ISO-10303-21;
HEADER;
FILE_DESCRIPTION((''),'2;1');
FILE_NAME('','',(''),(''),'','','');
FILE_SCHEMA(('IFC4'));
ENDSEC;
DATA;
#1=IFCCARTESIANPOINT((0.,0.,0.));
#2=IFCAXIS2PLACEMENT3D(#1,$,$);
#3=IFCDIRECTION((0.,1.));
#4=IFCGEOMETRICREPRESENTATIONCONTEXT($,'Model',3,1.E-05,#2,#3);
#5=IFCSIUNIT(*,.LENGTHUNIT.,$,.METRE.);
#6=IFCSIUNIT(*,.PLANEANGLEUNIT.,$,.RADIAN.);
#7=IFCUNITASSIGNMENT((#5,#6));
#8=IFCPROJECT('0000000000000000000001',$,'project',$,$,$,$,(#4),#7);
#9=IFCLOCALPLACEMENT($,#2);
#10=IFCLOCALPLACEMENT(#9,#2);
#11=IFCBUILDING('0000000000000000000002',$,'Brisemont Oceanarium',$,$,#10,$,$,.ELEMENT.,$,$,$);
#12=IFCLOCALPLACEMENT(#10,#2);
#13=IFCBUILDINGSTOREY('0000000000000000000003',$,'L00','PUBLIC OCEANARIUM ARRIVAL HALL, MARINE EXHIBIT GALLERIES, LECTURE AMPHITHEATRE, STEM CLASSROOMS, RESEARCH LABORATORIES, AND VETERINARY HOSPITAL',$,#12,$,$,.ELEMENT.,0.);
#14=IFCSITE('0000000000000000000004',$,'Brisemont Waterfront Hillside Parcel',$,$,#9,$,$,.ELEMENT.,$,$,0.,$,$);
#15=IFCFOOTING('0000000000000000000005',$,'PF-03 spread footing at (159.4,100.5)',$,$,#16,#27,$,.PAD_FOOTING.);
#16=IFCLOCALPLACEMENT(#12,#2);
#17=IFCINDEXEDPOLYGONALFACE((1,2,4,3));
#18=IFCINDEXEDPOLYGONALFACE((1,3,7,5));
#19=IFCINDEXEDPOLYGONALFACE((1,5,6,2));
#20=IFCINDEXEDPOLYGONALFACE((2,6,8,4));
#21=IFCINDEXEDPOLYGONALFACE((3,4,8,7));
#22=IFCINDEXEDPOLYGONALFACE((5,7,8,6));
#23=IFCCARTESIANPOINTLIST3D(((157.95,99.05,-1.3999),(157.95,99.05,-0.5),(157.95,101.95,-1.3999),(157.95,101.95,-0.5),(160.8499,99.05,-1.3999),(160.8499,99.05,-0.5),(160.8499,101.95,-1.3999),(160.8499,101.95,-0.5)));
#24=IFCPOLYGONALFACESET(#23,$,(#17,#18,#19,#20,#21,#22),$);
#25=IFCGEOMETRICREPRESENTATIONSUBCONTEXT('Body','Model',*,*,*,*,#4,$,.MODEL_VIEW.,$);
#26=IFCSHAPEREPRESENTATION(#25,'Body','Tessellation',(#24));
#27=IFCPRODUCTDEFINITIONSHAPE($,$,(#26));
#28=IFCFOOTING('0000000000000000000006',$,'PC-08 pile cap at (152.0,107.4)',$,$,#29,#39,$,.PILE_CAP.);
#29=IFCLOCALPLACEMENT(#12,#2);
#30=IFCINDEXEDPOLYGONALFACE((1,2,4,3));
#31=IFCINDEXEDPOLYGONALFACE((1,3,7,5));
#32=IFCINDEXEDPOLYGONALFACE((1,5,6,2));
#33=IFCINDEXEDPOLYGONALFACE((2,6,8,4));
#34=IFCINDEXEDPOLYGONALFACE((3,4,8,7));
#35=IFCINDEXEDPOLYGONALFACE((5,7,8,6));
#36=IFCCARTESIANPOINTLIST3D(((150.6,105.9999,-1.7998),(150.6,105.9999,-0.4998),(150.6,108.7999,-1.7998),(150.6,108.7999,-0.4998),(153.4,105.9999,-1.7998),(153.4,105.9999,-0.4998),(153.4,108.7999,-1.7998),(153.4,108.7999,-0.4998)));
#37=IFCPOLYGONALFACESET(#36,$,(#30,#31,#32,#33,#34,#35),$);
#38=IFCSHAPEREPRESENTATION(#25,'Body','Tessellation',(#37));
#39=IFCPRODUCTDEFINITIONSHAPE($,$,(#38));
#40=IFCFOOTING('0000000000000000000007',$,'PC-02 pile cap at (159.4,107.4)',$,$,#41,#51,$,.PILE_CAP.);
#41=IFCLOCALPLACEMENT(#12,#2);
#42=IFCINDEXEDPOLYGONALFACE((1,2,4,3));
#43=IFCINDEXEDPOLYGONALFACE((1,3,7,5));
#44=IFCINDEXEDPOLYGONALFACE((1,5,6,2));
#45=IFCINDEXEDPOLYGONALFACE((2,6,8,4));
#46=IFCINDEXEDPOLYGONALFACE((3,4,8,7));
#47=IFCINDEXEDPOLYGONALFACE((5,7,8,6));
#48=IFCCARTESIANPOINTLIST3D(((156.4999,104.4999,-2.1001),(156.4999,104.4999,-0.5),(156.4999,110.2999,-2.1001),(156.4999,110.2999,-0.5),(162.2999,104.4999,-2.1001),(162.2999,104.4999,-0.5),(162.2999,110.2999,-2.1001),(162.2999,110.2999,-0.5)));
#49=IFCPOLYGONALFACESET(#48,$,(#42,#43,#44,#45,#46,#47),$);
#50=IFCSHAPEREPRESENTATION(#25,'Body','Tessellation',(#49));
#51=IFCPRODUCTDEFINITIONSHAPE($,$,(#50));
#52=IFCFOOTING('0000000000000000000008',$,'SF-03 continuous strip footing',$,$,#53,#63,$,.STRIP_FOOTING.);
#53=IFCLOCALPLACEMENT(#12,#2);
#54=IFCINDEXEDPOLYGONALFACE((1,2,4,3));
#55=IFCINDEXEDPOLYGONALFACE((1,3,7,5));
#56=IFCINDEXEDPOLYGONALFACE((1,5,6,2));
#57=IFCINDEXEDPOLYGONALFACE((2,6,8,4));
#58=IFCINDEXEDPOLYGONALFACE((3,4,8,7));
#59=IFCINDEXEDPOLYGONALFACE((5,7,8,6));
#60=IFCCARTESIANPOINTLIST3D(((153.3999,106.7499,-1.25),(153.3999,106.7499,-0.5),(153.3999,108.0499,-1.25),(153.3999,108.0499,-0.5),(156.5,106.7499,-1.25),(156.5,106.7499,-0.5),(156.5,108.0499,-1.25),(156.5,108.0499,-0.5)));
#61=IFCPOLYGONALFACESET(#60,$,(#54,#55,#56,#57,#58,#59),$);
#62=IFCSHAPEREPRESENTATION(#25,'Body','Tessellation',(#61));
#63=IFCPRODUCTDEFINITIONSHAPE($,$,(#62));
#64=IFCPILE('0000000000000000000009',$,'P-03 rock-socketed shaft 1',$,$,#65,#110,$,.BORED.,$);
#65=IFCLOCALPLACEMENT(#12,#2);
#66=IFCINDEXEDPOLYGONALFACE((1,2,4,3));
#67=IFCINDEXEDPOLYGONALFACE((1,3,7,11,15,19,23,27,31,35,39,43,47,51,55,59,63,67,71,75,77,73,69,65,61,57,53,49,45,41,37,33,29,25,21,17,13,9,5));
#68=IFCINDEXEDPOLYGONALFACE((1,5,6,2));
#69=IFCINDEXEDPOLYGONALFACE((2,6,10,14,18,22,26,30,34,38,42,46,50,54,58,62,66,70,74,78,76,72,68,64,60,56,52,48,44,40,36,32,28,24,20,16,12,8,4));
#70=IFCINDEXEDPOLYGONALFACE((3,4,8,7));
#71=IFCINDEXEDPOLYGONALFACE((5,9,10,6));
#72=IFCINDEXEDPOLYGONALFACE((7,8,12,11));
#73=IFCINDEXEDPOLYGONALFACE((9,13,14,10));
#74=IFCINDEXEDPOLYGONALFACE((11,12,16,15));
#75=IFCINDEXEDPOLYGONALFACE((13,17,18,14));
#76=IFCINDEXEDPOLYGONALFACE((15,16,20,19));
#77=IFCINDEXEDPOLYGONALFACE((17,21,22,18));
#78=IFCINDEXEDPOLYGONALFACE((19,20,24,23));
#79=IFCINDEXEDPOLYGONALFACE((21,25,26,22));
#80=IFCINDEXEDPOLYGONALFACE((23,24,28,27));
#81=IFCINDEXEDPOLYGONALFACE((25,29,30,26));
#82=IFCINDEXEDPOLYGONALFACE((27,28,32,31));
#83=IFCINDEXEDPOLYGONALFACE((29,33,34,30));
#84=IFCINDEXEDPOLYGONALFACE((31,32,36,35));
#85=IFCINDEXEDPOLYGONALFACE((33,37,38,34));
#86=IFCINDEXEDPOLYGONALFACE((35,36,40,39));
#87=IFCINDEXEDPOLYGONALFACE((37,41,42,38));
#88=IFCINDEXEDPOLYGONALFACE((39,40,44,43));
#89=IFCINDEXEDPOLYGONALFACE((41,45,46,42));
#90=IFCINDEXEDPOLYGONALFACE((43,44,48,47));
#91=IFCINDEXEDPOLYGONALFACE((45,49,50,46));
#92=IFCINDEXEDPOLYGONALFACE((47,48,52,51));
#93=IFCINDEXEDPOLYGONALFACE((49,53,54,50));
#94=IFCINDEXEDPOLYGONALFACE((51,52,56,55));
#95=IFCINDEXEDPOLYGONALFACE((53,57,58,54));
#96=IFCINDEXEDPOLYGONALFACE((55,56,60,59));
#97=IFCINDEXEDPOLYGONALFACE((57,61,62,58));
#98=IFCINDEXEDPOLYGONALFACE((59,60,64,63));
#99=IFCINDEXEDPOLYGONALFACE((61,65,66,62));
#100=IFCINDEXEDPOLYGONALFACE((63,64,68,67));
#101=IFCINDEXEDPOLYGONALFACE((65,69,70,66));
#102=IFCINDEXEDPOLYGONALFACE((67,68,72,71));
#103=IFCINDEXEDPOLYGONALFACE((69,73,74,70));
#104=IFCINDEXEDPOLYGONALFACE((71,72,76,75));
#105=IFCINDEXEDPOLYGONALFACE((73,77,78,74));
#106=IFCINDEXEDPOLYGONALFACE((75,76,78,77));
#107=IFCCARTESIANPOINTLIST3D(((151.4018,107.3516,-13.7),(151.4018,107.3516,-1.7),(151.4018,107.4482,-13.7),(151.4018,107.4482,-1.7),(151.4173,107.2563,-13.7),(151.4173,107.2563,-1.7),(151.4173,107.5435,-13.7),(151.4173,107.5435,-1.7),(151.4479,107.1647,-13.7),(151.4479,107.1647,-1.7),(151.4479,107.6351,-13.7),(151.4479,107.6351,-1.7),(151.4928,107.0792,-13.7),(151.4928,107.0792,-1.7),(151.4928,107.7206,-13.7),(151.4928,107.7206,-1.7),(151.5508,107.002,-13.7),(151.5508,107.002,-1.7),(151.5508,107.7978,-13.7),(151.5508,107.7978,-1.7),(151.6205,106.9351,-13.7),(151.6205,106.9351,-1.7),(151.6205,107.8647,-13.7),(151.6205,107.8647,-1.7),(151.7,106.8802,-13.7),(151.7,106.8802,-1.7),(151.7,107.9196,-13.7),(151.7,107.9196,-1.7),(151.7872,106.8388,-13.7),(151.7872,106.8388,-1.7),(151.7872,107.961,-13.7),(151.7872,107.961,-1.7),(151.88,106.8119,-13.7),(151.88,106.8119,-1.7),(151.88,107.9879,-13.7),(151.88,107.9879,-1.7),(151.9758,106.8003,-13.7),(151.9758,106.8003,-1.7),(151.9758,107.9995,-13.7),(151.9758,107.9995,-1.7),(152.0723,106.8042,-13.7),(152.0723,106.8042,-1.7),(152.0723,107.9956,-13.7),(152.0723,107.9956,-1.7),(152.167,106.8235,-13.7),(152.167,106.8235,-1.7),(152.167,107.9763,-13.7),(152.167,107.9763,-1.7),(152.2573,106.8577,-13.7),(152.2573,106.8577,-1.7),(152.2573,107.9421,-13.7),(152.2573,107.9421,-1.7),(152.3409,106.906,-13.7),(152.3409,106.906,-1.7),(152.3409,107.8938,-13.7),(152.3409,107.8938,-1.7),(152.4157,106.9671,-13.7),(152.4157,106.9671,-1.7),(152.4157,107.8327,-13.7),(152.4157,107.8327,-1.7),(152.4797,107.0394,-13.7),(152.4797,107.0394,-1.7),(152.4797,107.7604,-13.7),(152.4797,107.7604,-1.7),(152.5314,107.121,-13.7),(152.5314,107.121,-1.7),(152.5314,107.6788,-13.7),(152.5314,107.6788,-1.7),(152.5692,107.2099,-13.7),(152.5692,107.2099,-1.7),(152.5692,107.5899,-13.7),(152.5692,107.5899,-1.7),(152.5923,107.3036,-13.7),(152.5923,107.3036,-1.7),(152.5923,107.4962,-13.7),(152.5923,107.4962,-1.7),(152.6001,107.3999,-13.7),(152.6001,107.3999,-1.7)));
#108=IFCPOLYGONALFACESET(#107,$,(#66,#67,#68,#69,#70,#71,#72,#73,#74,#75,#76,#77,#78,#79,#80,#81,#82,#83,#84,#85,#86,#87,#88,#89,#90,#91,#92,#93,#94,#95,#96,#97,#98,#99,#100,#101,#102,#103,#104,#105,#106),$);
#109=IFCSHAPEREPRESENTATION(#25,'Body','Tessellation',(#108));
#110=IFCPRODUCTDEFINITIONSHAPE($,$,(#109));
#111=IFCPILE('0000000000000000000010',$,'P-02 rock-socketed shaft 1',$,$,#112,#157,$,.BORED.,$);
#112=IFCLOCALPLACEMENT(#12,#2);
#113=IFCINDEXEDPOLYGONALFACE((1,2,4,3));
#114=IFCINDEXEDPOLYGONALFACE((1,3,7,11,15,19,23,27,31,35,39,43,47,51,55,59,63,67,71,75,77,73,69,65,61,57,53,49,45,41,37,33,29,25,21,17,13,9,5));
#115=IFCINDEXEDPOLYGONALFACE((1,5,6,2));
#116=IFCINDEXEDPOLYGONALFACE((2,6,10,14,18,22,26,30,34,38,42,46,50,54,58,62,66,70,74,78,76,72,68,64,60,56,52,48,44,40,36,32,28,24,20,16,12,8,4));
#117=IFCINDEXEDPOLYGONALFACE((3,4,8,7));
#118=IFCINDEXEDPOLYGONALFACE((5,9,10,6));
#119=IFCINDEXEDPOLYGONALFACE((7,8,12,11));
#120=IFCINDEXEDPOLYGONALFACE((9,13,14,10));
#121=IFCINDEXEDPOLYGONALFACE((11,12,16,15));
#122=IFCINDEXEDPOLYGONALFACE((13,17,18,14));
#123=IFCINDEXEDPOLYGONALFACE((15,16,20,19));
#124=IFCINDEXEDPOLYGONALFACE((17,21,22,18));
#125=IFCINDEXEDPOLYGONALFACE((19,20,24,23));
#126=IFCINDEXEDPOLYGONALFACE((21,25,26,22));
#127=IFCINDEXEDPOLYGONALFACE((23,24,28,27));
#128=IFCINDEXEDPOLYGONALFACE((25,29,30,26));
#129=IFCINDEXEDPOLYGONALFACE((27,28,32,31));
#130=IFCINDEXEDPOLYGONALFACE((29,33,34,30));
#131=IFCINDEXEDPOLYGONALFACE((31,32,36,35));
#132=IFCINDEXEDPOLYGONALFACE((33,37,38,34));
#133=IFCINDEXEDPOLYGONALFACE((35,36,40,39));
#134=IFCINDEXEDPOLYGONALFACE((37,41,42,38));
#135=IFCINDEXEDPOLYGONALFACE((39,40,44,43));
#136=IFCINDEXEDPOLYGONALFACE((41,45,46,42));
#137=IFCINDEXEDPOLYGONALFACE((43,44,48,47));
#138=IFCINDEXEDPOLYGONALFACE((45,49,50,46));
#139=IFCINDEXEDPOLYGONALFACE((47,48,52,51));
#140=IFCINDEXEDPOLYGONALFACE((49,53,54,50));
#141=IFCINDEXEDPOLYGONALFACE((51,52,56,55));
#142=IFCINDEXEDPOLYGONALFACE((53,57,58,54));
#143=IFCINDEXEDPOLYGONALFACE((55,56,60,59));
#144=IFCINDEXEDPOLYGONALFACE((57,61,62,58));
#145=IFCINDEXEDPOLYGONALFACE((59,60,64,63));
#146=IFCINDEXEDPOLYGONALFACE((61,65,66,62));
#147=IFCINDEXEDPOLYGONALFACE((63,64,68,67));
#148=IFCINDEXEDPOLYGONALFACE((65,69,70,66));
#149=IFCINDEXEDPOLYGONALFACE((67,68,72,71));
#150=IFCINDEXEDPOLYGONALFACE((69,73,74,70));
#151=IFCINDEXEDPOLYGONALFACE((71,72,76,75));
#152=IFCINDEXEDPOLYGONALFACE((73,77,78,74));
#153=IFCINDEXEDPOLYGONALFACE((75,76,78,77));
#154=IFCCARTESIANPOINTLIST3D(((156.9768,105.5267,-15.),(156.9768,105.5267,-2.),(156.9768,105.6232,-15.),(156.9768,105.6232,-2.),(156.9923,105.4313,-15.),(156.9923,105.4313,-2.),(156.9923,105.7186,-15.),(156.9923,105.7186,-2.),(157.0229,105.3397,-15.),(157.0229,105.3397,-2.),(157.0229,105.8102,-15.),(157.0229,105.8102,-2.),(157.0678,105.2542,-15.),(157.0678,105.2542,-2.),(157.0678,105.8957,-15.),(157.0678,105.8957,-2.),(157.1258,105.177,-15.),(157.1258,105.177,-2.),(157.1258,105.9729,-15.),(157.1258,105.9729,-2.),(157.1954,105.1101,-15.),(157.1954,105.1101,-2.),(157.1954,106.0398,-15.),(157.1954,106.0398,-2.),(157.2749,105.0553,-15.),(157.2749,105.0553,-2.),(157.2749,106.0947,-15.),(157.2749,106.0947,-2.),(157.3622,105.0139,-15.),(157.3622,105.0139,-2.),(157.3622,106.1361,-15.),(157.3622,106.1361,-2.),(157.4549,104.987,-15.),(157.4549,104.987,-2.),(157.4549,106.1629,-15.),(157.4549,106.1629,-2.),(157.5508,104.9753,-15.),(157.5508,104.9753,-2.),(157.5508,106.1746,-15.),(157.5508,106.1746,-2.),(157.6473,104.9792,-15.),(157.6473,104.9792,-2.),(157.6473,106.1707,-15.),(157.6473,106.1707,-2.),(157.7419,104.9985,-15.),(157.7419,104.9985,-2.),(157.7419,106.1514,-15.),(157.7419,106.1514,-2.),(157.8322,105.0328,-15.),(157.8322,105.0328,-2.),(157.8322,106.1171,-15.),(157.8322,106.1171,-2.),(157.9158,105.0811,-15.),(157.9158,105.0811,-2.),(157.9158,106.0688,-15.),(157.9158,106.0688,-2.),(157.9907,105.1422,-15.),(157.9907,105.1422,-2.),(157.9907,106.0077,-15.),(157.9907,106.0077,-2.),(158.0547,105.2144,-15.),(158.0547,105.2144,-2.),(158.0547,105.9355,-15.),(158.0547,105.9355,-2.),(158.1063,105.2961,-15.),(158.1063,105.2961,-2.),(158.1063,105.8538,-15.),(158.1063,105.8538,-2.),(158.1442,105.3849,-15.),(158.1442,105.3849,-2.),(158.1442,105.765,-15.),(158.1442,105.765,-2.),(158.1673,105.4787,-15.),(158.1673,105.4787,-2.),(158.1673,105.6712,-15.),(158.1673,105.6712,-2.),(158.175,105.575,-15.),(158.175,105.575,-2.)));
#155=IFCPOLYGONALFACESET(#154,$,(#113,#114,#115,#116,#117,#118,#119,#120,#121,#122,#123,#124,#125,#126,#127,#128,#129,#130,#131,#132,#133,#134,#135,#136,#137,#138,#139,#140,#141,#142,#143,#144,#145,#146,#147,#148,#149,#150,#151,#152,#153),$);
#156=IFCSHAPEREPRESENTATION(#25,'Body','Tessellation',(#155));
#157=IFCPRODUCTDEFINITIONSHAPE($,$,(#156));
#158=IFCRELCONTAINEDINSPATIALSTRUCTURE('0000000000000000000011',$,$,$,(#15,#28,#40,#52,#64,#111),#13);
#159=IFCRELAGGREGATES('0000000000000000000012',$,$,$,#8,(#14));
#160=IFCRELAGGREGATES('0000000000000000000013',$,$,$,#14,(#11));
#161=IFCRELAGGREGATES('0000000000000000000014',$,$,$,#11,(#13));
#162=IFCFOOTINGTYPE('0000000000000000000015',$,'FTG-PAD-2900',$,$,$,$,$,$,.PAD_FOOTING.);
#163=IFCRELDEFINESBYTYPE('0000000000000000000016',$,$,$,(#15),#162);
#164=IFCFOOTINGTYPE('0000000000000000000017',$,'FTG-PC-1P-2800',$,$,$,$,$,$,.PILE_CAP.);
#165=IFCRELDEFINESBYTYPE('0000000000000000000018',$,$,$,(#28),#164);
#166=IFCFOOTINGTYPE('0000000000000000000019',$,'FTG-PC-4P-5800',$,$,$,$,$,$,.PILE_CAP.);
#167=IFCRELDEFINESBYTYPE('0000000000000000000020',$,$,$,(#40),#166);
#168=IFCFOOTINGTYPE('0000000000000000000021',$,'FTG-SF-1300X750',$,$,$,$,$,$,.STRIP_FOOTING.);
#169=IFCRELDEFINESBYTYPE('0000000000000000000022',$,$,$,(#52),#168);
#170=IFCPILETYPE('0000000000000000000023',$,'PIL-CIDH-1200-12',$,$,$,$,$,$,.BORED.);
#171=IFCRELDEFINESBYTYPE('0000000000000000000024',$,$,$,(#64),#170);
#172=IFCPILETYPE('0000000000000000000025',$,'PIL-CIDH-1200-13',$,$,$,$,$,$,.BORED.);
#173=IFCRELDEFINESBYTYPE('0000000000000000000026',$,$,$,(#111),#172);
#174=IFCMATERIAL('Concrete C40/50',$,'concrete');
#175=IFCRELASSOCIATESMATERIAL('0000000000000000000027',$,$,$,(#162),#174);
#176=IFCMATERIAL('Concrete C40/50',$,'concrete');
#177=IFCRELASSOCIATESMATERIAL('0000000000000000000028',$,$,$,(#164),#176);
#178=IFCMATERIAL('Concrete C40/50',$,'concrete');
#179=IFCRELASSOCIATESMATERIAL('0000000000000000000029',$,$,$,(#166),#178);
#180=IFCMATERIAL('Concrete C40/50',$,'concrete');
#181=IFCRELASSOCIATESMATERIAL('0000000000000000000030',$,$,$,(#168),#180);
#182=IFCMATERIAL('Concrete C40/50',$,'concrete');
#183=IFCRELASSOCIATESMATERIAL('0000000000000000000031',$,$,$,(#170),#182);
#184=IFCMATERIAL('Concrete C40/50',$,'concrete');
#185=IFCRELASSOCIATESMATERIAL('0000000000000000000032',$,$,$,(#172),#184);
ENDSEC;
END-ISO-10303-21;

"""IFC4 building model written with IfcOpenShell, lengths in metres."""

from ifc_helpers import new_model, si_unit, direction, frame, origin, origin_2d, place, context, subcontext, project, spatial, rectangle, circle, extrude, material, material_profile, profile_set, type_object, element, save


model = new_model("IFC4")

# Units and contexts
model_context = context("Model", 3, precision=1e-05, world=origin(), true_north=direction((0.0, 1.0)))
body_context = subcontext(model_context, "Body", "Model", "MODEL_VIEW")
ifc_project = project(units=[si_unit("LENGTHUNIT", "METRE"), si_unit("PLANEANGLEUNIT", "RADIAN")], contexts=[model_context])

# Site, building, storey
site_placement = place(None, origin())
site = spatial("IfcSite", under=ifc_project, at=site_placement, Name="Brisemont Waterfront Hillside Parcel", CompositionType="ELEMENT", RefElevation=0.0)
building_placement = place(site_placement, origin())
building = spatial("IfcBuilding", under=site, at=building_placement, Name="Brisemont Oceanarium", CompositionType="ELEMENT")
storey_placement = place(building_placement, origin())
storey = spatial("IfcBuildingStorey", under=building, at=storey_placement, Name="L00", Description="PUBLIC OCEANARIUM ARRIVAL HALL, MARINE EXHIBIT GALLERIES, LECTURE AMPHITHEATRE, STEM CLASSROOMS, RESEARCH LABORATORIES, AND VETERINARY HOSPITAL", CompositionType="ELEMENT", Elevation=0.0)

# Footings
ifc_material_1 = material(Name="Concrete C40/50", Category="concrete")
footing_type_1 = type_object("IfcFootingType", Name="FTG-PAD-2900", PredefinedType="PAD_FOOTING", material=ifc_material_1)
footing_1_placement = place(storey_placement, frame((159.3999, 100.5, -1.3999), z_axis=(0.0, 0.0, 1.0), x_axis=(1.0, 0.0, 0.0)))
element("IfcFooting", 1, at=footing_1_placement, inside=storey, type_object=footing_type_1, Name="PF-03 spread footing at (159.4,100.5)", PredefinedType="PAD_FOOTING", context=body_context, shape_type="SweptSolid", body=[
    extrude(rectangle(XDim=2.8999, YDim=2.8999, at=origin_2d()), origin(), (0.0, 0.0, 1.0), 0.8999),
])
ifc_material_2 = material(Name="Concrete C40/50", Category="concrete")
footing_type_2 = type_object("IfcFootingType", Name="FTG-PC-1P-2800", PredefinedType="PILE_CAP", material=ifc_material_2)
footing_2_placement = place(storey_placement, frame((152.0, 107.3999, -1.7998), z_axis=(0.0, 0.0, 1.0), x_axis=(1.0, 0.0, 0.0)))
element("IfcFooting", 2, at=footing_2_placement, inside=storey, type_object=footing_type_2, Name="PC-08 pile cap at (152.0,107.4)", PredefinedType="PILE_CAP", context=body_context, shape_type="SweptSolid", body=[
    extrude(rectangle(XDim=2.8, YDim=2.8, at=origin_2d()), origin(), (0.0, 0.0, 1.0), 1.3),
])
ifc_material_3 = material(Name="Concrete C40/50", Category="concrete")
footing_type_3 = type_object("IfcFootingType", Name="FTG-PC-4P-5800", PredefinedType="PILE_CAP", material=ifc_material_3)
footing_3_placement = place(storey_placement, frame((159.3999, 107.3999, -2.1001), z_axis=(0.0, 0.0, 1.0), x_axis=(1.0, 0.0, 0.0)))
element("IfcFooting", 3, at=footing_3_placement, inside=storey, type_object=footing_type_3, Name="PC-02 pile cap at (159.4,107.4)", PredefinedType="PILE_CAP", context=body_context, shape_type="SweptSolid", body=[
    extrude(rectangle(XDim=5.8, YDim=5.8, at=origin_2d()), origin(), (0.0, 0.0, 1.0), 1.6001),
])
ifc_material_4 = material(Name="Concrete C40/50", Category="concrete")
footing_type_4 = type_object("IfcFootingType", Name="FTG-SF-1300X750", PredefinedType="STRIP_FOOTING", material=ifc_material_4)
footing_4_placement = place(storey_placement, frame((154.95, 107.3999, -1.25), z_axis=(0.0, 0.0, 1.0), x_axis=(1.0, 0.0, 0.0)))
element("IfcFooting", 4, at=footing_4_placement, inside=storey, type_object=footing_type_4, Name="SF-03 continuous strip footing", PredefinedType="STRIP_FOOTING", context=body_context, shape_type="SweptSolid", body=[
    extrude(rectangle(XDim=3.1001, YDim=1.3, at=origin_2d()), origin(), (0.0, 0.0, 1.0), 0.75),
])

# Piles
ifc_material_5 = material(Name="Concrete C40/50", Category="concrete")
ifc_material_profile_1 = material_profile(ifc_material_5, circle(Radius=0.6001, at=origin_2d()), Name="CIDH-D1200")
ifc_profile_set_1 = profile_set([ifc_material_profile_1], Name="Concrete C40/50")
pile_type_1 = type_object("IfcPileType", Name="PIL-CIDH-1200-12", PredefinedType="BORED", material=ifc_profile_set_1)
pile_1_placement = place(storey_placement, frame((152.0, 107.3999, -1.7), z_axis=(0.0, 0.0, -1.0), x_axis=(1.0, 0.0, 0.0)))
element("IfcPile", 5, at=pile_1_placement, inside=storey, type_object=pile_type_1, Name="P-03 rock-socketed shaft 1", PredefinedType="BORED", context=body_context, shape_type="SweptSolid", body=[
    extrude(circle(Radius=0.6001, at=origin_2d()), origin(), (0.0, 0.0, 1.0), 12.0),
])
ifc_material_6 = material(Name="Concrete C40/50", Category="concrete")
ifc_material_profile_2 = material_profile(ifc_material_6, circle(Radius=0.6001, at=origin_2d()), Name="CIDH-D1200")
ifc_profile_set_2 = profile_set([ifc_material_profile_2], Name="Concrete C40/50")
pile_type_2 = type_object("IfcPileType", Name="PIL-CIDH-1200-13", PredefinedType="BORED", material=ifc_profile_set_2)
for number, where, z_axis, x_axis, name in (
    (6, (157.575, 105.575, -2.0), (0.0, 0.0, -1.0), (1.0, 0.0, 0.0), "P-02 rock-socketed shaft 1"),
):
    element("IfcPile", number, at=place(storey_placement, frame(where, z_axis=z_axis, x_axis=x_axis)), inside=storey, type_object=pile_type_2, Name=name, PredefinedType="BORED", context=body_context, shape_type="SweptSolid", body=[
        extrude(circle(Radius=0.6001, at=origin_2d()), origin(), (0.0, 0.0, 1.0), 13.0),
    ])

save(model, "model.ifc")
